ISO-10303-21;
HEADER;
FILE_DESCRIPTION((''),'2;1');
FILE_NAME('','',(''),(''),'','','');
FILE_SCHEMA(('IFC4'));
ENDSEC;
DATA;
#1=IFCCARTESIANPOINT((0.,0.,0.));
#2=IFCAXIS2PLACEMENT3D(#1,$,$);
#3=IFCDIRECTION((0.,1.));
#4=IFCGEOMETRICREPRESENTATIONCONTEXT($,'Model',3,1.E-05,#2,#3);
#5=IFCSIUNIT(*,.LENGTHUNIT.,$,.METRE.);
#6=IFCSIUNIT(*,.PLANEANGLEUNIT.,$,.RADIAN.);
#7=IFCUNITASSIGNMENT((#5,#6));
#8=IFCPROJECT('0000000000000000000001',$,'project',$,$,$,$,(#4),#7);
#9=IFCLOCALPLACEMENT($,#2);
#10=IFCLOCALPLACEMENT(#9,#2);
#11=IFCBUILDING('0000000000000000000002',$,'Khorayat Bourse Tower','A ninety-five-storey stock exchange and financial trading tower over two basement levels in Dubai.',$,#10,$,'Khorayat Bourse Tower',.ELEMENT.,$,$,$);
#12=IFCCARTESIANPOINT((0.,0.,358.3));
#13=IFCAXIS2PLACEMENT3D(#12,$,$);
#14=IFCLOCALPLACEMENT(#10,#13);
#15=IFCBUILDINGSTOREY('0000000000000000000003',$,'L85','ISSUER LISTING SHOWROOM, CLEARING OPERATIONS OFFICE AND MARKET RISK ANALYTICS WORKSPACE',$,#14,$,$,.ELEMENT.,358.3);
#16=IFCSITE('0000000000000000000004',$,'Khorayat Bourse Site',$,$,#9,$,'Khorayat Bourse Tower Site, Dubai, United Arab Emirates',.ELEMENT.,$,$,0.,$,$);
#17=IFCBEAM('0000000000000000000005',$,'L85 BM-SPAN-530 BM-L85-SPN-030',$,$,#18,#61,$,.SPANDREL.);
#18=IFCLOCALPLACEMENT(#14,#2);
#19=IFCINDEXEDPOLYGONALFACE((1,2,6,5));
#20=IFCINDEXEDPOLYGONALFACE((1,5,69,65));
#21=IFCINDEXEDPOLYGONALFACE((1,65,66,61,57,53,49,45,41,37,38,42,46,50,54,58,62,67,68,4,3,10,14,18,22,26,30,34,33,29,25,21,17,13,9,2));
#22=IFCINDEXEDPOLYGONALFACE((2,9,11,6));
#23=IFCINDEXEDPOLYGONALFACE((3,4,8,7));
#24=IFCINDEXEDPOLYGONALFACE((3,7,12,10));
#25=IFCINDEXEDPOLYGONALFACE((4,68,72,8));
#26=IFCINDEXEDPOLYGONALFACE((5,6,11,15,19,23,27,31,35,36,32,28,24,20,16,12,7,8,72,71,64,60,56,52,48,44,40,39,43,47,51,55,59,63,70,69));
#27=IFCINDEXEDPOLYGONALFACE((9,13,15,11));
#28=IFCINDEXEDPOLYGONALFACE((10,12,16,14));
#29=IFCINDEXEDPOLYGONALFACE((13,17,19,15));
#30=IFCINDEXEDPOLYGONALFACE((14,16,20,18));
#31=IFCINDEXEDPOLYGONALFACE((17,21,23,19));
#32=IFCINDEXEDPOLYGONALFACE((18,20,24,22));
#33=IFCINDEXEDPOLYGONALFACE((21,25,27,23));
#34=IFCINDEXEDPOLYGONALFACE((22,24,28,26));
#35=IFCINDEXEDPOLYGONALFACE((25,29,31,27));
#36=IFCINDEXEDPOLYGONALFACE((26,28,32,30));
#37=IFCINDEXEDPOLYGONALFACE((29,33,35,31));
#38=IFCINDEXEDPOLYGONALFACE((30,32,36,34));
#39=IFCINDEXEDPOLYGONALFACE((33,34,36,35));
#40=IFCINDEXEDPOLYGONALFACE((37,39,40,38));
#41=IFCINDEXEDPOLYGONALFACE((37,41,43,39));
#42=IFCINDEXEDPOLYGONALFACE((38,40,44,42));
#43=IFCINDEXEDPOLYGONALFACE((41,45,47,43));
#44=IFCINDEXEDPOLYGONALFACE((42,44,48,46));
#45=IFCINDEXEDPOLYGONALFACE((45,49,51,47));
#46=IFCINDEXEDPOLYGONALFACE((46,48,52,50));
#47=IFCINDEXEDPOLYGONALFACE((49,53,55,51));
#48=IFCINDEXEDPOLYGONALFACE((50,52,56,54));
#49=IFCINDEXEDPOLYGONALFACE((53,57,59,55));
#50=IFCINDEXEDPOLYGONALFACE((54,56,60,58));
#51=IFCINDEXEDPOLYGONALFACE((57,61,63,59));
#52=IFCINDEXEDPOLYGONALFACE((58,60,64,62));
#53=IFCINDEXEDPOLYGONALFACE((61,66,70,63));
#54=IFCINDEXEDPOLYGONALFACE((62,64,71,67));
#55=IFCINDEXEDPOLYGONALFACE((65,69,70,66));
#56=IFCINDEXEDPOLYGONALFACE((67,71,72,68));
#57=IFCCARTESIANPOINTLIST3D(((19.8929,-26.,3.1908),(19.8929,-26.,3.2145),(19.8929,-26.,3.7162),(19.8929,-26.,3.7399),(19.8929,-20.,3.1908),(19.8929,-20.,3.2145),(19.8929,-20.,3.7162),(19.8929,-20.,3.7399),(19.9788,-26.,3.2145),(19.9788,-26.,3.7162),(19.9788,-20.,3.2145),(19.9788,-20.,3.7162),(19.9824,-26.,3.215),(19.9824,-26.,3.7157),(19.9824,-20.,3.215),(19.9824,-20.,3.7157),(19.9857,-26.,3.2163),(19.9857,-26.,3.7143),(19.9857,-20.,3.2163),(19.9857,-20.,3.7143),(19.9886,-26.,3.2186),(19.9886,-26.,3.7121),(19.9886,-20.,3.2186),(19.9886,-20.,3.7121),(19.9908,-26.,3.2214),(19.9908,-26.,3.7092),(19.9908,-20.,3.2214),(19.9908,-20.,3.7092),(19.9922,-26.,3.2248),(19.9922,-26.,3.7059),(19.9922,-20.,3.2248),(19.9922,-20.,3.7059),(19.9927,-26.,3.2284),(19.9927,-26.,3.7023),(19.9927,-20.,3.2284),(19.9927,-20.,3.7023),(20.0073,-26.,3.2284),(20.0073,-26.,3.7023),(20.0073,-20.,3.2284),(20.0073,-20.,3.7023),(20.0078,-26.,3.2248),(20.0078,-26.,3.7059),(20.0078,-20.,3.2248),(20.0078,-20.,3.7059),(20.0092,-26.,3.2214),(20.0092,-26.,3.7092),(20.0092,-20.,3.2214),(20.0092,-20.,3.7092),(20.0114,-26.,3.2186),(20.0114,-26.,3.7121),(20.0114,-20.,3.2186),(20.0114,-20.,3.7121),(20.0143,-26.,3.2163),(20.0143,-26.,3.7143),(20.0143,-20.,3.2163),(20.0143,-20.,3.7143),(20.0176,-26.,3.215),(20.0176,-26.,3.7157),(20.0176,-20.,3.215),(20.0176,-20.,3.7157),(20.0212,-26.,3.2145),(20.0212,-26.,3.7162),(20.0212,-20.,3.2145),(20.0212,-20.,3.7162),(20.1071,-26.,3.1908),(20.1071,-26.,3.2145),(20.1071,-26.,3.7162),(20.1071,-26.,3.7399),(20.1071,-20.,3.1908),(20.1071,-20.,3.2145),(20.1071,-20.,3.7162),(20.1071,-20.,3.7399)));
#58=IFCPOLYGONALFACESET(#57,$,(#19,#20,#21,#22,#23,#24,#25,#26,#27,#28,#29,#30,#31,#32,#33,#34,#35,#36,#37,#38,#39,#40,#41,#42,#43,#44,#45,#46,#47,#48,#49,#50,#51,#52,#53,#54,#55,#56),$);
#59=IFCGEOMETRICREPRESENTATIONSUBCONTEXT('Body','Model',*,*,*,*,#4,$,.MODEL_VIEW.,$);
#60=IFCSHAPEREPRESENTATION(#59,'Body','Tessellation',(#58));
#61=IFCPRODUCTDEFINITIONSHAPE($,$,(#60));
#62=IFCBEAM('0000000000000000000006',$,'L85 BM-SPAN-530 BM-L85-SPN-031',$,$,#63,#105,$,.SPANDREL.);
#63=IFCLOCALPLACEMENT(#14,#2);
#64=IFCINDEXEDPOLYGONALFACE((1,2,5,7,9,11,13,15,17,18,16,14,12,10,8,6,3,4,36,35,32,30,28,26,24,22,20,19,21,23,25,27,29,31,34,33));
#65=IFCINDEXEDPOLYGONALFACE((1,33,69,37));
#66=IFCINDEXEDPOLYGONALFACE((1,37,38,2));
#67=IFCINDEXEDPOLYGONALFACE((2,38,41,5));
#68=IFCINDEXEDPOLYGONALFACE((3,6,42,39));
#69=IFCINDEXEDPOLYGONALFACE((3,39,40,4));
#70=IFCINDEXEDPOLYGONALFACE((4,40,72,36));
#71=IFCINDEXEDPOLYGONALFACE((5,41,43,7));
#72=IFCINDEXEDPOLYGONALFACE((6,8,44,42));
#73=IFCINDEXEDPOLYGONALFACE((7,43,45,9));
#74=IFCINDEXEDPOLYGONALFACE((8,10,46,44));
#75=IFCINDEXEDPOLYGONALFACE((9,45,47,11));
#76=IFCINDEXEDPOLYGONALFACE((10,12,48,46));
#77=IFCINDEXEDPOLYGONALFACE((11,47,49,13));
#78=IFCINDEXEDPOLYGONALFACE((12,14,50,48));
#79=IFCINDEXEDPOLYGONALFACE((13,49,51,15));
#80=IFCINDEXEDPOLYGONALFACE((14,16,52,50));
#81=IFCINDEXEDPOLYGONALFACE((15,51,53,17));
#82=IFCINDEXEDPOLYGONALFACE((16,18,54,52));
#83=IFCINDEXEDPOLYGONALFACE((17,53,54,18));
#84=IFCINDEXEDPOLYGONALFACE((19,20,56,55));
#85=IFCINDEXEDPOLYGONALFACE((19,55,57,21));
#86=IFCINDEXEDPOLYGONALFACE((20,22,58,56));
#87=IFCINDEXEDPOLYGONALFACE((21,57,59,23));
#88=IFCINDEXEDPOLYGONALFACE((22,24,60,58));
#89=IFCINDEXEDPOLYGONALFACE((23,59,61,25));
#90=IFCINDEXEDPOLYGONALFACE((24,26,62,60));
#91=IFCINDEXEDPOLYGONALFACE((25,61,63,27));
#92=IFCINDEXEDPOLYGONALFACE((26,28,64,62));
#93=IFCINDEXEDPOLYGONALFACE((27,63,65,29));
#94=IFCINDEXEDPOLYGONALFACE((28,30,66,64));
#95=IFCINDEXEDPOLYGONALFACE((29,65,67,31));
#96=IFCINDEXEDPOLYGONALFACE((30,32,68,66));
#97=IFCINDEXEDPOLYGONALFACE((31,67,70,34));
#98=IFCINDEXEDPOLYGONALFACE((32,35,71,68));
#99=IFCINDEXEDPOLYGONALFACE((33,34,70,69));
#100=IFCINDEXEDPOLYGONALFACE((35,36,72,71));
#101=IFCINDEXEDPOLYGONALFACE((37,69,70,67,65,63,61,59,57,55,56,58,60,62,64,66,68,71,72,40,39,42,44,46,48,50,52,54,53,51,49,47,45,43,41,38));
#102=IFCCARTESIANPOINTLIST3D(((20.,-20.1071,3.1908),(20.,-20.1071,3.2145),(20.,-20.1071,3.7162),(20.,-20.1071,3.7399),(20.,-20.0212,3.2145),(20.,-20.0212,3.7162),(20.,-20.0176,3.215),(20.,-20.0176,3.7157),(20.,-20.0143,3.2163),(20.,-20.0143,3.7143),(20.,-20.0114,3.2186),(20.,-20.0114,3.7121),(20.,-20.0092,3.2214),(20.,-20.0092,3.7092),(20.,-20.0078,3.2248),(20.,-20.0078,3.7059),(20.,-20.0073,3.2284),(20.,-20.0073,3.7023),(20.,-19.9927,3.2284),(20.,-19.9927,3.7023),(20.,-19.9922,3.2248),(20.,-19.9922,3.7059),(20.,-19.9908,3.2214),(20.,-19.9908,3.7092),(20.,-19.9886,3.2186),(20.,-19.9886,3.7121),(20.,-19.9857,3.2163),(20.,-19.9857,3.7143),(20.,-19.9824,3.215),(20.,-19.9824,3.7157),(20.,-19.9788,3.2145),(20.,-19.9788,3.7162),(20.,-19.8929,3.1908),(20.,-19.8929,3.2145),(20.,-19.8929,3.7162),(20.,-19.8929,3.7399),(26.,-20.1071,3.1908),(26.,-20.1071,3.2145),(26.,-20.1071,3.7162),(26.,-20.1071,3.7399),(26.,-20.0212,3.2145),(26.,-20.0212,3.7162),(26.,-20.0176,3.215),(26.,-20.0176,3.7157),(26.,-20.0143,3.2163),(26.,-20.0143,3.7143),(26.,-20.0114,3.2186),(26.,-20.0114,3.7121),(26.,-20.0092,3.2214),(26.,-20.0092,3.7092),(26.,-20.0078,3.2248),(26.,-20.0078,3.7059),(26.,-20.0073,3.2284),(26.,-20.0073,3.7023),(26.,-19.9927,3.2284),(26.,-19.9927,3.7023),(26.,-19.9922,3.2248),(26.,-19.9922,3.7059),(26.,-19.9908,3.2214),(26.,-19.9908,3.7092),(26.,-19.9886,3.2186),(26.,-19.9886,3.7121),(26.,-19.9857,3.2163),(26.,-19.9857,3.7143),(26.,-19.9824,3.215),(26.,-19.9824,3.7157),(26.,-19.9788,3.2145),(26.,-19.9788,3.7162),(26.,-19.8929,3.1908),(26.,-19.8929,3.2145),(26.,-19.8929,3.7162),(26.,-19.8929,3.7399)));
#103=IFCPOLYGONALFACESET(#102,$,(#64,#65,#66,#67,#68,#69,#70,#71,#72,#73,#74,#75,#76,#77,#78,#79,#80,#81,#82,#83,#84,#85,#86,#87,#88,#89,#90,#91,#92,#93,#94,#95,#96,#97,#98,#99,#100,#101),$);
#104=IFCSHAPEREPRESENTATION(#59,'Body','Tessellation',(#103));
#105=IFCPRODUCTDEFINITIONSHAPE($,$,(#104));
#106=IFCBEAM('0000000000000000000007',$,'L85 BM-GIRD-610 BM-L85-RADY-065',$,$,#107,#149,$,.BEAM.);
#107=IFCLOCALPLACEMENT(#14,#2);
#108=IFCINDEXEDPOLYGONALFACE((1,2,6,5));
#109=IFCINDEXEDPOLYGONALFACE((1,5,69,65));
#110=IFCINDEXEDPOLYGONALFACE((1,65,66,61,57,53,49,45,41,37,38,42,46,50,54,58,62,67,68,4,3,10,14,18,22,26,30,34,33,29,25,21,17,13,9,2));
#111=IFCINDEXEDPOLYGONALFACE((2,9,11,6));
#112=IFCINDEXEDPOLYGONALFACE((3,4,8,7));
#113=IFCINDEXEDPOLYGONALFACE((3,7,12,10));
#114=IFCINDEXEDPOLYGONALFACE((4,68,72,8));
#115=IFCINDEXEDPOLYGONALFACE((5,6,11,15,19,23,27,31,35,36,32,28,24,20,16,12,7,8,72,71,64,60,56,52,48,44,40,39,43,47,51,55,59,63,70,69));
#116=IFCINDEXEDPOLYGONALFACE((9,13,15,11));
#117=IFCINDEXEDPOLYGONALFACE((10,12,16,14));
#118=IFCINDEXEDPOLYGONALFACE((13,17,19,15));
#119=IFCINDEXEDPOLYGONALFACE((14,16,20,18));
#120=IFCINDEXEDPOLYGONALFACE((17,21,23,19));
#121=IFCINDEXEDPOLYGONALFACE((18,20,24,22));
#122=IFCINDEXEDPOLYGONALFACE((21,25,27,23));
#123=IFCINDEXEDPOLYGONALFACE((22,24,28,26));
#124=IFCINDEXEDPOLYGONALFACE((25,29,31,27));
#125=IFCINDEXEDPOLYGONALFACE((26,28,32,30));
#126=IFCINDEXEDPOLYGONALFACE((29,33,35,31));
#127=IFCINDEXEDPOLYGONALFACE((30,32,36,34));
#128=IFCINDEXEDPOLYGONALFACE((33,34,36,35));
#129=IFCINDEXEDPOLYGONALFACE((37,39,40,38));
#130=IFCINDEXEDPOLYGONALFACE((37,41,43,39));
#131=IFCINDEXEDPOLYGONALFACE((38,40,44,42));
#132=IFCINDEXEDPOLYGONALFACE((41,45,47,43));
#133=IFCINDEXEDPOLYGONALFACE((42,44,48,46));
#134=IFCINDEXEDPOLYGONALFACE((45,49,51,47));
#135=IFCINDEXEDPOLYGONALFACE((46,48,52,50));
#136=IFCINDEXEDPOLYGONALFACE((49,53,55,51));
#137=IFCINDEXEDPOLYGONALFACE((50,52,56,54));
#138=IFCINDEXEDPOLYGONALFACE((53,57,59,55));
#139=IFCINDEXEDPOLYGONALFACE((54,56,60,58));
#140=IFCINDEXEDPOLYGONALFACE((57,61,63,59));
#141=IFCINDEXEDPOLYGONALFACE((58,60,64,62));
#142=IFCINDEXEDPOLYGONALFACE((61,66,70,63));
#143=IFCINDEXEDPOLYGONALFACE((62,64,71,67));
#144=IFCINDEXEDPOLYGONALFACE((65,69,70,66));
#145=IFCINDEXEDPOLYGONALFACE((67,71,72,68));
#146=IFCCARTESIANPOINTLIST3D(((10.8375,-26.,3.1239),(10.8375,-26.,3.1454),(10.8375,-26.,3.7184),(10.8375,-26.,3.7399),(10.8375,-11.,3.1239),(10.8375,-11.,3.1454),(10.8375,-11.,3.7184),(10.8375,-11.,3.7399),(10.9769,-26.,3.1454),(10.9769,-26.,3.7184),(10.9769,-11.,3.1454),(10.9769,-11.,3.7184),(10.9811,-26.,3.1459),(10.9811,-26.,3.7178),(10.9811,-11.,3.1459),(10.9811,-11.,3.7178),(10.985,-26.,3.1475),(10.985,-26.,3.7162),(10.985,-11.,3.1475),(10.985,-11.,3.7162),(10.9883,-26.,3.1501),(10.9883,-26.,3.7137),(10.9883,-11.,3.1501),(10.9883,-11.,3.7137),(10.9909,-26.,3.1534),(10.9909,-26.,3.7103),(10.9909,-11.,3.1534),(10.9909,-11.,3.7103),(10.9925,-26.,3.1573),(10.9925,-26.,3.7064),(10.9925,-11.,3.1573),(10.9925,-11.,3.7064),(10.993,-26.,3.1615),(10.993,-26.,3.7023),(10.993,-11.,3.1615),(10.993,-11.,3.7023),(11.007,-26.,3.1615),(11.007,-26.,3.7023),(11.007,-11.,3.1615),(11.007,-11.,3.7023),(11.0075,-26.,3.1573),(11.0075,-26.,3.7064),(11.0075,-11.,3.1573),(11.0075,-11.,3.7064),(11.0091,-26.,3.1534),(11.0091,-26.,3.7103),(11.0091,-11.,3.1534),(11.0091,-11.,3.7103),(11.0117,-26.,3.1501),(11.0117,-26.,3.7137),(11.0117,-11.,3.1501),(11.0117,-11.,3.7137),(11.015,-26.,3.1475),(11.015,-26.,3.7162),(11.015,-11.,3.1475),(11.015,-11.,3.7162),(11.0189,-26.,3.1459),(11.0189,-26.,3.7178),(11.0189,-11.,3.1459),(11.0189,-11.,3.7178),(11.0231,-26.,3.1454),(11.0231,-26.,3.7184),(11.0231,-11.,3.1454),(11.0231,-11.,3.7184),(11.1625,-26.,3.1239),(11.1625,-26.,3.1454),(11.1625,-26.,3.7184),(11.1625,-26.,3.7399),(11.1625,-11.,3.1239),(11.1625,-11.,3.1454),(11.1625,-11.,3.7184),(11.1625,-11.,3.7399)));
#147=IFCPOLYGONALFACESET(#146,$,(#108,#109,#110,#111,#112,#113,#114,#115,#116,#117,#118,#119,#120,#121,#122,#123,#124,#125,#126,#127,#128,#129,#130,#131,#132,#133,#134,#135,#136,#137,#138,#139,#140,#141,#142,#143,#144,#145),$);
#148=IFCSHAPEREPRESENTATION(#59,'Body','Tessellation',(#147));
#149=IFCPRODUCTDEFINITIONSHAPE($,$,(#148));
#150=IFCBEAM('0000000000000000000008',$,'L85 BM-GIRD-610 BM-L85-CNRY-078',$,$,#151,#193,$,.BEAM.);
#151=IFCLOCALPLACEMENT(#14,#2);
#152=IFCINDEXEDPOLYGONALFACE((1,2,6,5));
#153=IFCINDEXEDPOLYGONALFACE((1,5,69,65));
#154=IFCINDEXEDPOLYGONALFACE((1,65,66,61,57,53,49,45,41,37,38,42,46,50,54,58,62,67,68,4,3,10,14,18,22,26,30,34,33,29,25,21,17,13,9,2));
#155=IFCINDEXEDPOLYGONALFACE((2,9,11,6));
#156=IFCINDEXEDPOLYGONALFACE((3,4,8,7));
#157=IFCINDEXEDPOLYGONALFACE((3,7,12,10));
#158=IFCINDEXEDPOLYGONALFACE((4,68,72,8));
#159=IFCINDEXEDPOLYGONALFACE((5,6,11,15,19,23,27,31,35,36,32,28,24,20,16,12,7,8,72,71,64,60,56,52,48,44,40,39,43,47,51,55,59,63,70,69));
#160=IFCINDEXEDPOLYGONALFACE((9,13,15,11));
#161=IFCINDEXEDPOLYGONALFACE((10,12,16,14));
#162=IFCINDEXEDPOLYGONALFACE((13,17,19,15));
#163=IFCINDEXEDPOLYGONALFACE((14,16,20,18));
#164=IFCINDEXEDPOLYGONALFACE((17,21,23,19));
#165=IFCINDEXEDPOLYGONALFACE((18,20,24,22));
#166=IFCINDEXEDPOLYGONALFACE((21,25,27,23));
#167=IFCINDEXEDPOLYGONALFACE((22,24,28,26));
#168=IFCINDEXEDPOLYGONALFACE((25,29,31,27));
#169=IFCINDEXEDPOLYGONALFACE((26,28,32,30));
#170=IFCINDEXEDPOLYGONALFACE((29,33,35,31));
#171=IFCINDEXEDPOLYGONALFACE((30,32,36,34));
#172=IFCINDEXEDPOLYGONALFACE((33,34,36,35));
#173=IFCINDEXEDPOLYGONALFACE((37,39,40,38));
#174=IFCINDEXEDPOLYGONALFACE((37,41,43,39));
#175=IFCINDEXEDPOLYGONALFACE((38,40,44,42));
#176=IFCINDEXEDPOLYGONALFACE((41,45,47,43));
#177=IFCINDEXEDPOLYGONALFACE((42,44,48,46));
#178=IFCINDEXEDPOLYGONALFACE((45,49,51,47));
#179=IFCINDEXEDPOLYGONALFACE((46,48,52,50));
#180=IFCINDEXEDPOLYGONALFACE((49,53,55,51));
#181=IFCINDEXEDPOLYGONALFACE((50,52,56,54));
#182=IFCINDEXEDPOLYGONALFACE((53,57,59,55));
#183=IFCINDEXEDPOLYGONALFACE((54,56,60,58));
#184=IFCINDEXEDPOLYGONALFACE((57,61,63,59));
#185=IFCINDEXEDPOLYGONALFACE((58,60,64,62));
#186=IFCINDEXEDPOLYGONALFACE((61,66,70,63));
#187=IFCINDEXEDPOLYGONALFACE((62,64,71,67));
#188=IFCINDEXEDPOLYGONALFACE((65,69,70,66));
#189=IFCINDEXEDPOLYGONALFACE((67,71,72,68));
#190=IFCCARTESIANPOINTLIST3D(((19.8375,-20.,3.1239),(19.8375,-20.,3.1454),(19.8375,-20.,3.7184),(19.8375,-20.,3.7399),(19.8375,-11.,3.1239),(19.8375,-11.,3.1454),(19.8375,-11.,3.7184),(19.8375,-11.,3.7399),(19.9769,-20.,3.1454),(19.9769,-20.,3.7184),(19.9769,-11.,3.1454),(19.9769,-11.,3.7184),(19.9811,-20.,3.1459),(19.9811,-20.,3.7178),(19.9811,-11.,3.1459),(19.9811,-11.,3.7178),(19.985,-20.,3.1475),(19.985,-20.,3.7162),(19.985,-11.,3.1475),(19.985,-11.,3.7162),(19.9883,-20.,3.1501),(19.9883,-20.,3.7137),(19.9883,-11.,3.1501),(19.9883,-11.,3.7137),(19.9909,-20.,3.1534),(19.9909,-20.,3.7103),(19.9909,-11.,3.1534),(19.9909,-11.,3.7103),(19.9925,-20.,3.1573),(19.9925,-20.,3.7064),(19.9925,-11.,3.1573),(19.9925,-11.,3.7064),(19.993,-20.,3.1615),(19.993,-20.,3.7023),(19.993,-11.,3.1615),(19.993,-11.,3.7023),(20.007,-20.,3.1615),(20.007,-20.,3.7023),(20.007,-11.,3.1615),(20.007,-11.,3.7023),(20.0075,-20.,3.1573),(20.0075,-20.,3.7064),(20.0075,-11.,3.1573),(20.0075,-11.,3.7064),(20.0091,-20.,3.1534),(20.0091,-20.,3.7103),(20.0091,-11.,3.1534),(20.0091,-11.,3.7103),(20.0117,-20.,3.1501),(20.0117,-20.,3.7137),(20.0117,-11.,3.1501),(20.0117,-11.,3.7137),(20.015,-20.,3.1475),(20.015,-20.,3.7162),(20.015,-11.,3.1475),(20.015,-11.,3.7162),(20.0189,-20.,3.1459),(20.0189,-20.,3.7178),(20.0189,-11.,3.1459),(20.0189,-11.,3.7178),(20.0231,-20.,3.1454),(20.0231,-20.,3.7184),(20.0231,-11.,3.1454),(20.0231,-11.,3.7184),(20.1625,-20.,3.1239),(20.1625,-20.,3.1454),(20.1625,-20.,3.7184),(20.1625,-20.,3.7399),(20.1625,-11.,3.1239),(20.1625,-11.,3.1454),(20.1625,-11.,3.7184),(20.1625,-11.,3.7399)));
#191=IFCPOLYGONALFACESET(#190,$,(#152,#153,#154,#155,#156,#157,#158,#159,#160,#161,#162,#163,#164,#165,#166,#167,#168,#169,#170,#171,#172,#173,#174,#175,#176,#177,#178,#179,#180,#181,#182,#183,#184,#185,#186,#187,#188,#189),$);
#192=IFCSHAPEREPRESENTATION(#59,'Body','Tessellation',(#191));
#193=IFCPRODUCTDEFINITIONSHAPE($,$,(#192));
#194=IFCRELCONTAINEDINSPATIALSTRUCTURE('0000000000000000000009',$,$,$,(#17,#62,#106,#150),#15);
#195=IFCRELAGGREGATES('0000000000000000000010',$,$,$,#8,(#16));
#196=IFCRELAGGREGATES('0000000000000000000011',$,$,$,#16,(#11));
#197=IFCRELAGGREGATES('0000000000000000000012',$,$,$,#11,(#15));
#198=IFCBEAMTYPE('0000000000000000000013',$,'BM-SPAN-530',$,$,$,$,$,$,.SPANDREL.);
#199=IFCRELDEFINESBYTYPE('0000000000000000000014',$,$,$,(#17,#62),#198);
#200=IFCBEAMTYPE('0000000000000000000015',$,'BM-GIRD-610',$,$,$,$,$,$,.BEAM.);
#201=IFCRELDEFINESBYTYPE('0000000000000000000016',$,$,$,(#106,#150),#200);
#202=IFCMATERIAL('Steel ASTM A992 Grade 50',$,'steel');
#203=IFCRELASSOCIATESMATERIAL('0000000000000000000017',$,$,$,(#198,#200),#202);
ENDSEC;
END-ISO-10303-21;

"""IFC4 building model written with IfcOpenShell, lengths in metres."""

from ifc_helpers import new_model, si_unit, direction, frame, origin, origin_2d, place, context, subcontext, project, spatial, i_section, extrude, source, transform, mapped, material, material_profile, profile_set, type_object, element, save


model = new_model("IFC4")

# Units and contexts
model_context = context("Model", 3, precision=1e-05, world=origin(), true_north=direction((0.0, 1.0)))
body_context = subcontext(model_context, "Body", "Model", "MODEL_VIEW")
ifc_project = project(units=[si_unit("LENGTHUNIT", "METRE"), si_unit("PLANEANGLEUNIT", "RADIAN")], contexts=[model_context])

# Site, building, storey
site_placement = place(None, origin())
site = spatial("IfcSite", under=ifc_project, at=site_placement, Name="Khorayat Bourse Site", LongName="Khorayat Bourse Tower Site, Dubai, United Arab Emirates", CompositionType="ELEMENT", RefElevation=0.0)
building_placement = place(site_placement, origin())
building = spatial("IfcBuilding", under=site, at=building_placement, Name="Khorayat Bourse Tower", Description="A ninety-five-storey stock exchange and financial trading tower over two basement levels in Dubai.", LongName="Khorayat Bourse Tower", CompositionType="ELEMENT")
storey_placement = place(building_placement, frame((0.0, 0.0, 358.3)))
storey = spatial("IfcBuildingStorey", under=building, at=storey_placement, Name="L85", Description="ISSUER LISTING SHOWROOM, CLEARING OPERATIONS OFFICE AND MARKET RISK ANALYTICS WORKSPACE", CompositionType="ELEMENT", Elevation=358.3)

# Beams
ifc_material_1 = material(Name="Steel ASTM A992 Grade 50", Category="steel")
ifc_material_profile_1 = material_profile(ifc_material_1, i_section(OverallWidth=0.2141, OverallDepth=0.5491, WebThickness=0.0146, FlangeThickness=0.0237, FilletRadius=0.0139, at=origin_2d()), Name="W530X138")
ifc_profile_set_1 = profile_set([ifc_material_profile_1], Name="Steel ASTM A992 Grade 50")
beam_type_1 = type_object("IfcBeamType", Name="BM-SPAN-530", PredefinedType="SPANDREL", material=ifc_profile_set_1)
shared_shape_1 = source(origin(), body_context, "Body", "SweptSolid", [
    extrude(i_section(OverallWidth=0.2141, OverallDepth=0.5491, WebThickness=0.0146, FlangeThickness=0.0237, FilletRadius=0.0139, at=origin_2d()), origin(), (0.0, 0.0, 1.0), 6.0),
])
for number, where, z_axis, x_axis, name in (
    (1, (20.0, -26.0, 3.4653), (0.0, 1.0, 0.0), (-1.0, 0.0, 0.0), "L85 BM-SPAN-530 BM-L85-SPN-030"),
    (2, (20.0, -20.0, 3.4653), (1.0, 0.0, 0.0), (0.0, 1.0, 0.0), "L85 BM-SPAN-530 BM-L85-SPN-031"),
):
    element("IfcBeam", number, at=place(storey_placement, frame(where, z_axis=z_axis, x_axis=x_axis)), inside=storey, type_object=beam_type_1, Name=name, PredefinedType="SPANDREL", context=body_context, shape_type="MappedRepresentation", body=[
        mapped(shared_shape_1, transform((0.0, 0.0, 0.0), scale=1.0)),
    ])
ifc_material_profile_2 = material_profile(ifc_material_1, i_section(OverallWidth=0.325, OverallDepth=0.616, WebThickness=0.0139, FlangeThickness=0.0215, FilletRadius=0.0161, at=origin_2d()), Name="W610X174")
ifc_profile_set_2 = profile_set([ifc_material_profile_2], Name="Steel ASTM A992 Grade 50")
beam_type_2 = type_object("IfcBeamType", Name="BM-GIRD-610", PredefinedType="BEAM", material=ifc_profile_set_2)
shared_shape_2 = source(origin(), body_context, "Body", "SweptSolid", [
    extrude(i_section(OverallWidth=0.325, OverallDepth=0.616, WebThickness=0.0139, FlangeThickness=0.0215, FilletRadius=0.0161, at=origin_2d()), origin(), (0.0, 0.0, 1.0), 15.0),
])
beam_1_placement = place(storey_placement, frame((11.0, -26.0, 3.4319), z_axis=(0.0, 1.0, 0.0), x_axis=(-1.0, 0.0, 0.0)))
element("IfcBeam", 3, at=beam_1_placement, inside=storey, type_object=beam_type_2, Name="L85 BM-GIRD-610 BM-L85-RADY-065", PredefinedType="BEAM", context=body_context, shape_type="MappedRepresentation", body=[
    mapped(shared_shape_2, transform((0.0, 0.0, 0.0), scale=1.0)),
])
shared_shape_3 = source(origin(), body_context, "Body", "SweptSolid", [
    extrude(i_section(OverallWidth=0.325, OverallDepth=0.616, WebThickness=0.0139, FlangeThickness=0.0215, FilletRadius=0.0161, at=origin_2d()), origin(), (0.0, 0.0, 1.0), 9.0),
])
beam_2_placement = place(storey_placement, frame((20.0, -20.0, 3.4319), z_axis=(0.0, 1.0, 0.0), x_axis=(-1.0, 0.0, 0.0)))
element("IfcBeam", 4, at=beam_2_placement, inside=storey, type_object=beam_type_2, Name="L85 BM-GIRD-610 BM-L85-CNRY-078", PredefinedType="BEAM", context=body_context, shape_type="MappedRepresentation", body=[
    mapped(shared_shape_3, transform((0.0, 0.0, 0.0), scale=1.0)),
])

save(model, "model.ifc")
